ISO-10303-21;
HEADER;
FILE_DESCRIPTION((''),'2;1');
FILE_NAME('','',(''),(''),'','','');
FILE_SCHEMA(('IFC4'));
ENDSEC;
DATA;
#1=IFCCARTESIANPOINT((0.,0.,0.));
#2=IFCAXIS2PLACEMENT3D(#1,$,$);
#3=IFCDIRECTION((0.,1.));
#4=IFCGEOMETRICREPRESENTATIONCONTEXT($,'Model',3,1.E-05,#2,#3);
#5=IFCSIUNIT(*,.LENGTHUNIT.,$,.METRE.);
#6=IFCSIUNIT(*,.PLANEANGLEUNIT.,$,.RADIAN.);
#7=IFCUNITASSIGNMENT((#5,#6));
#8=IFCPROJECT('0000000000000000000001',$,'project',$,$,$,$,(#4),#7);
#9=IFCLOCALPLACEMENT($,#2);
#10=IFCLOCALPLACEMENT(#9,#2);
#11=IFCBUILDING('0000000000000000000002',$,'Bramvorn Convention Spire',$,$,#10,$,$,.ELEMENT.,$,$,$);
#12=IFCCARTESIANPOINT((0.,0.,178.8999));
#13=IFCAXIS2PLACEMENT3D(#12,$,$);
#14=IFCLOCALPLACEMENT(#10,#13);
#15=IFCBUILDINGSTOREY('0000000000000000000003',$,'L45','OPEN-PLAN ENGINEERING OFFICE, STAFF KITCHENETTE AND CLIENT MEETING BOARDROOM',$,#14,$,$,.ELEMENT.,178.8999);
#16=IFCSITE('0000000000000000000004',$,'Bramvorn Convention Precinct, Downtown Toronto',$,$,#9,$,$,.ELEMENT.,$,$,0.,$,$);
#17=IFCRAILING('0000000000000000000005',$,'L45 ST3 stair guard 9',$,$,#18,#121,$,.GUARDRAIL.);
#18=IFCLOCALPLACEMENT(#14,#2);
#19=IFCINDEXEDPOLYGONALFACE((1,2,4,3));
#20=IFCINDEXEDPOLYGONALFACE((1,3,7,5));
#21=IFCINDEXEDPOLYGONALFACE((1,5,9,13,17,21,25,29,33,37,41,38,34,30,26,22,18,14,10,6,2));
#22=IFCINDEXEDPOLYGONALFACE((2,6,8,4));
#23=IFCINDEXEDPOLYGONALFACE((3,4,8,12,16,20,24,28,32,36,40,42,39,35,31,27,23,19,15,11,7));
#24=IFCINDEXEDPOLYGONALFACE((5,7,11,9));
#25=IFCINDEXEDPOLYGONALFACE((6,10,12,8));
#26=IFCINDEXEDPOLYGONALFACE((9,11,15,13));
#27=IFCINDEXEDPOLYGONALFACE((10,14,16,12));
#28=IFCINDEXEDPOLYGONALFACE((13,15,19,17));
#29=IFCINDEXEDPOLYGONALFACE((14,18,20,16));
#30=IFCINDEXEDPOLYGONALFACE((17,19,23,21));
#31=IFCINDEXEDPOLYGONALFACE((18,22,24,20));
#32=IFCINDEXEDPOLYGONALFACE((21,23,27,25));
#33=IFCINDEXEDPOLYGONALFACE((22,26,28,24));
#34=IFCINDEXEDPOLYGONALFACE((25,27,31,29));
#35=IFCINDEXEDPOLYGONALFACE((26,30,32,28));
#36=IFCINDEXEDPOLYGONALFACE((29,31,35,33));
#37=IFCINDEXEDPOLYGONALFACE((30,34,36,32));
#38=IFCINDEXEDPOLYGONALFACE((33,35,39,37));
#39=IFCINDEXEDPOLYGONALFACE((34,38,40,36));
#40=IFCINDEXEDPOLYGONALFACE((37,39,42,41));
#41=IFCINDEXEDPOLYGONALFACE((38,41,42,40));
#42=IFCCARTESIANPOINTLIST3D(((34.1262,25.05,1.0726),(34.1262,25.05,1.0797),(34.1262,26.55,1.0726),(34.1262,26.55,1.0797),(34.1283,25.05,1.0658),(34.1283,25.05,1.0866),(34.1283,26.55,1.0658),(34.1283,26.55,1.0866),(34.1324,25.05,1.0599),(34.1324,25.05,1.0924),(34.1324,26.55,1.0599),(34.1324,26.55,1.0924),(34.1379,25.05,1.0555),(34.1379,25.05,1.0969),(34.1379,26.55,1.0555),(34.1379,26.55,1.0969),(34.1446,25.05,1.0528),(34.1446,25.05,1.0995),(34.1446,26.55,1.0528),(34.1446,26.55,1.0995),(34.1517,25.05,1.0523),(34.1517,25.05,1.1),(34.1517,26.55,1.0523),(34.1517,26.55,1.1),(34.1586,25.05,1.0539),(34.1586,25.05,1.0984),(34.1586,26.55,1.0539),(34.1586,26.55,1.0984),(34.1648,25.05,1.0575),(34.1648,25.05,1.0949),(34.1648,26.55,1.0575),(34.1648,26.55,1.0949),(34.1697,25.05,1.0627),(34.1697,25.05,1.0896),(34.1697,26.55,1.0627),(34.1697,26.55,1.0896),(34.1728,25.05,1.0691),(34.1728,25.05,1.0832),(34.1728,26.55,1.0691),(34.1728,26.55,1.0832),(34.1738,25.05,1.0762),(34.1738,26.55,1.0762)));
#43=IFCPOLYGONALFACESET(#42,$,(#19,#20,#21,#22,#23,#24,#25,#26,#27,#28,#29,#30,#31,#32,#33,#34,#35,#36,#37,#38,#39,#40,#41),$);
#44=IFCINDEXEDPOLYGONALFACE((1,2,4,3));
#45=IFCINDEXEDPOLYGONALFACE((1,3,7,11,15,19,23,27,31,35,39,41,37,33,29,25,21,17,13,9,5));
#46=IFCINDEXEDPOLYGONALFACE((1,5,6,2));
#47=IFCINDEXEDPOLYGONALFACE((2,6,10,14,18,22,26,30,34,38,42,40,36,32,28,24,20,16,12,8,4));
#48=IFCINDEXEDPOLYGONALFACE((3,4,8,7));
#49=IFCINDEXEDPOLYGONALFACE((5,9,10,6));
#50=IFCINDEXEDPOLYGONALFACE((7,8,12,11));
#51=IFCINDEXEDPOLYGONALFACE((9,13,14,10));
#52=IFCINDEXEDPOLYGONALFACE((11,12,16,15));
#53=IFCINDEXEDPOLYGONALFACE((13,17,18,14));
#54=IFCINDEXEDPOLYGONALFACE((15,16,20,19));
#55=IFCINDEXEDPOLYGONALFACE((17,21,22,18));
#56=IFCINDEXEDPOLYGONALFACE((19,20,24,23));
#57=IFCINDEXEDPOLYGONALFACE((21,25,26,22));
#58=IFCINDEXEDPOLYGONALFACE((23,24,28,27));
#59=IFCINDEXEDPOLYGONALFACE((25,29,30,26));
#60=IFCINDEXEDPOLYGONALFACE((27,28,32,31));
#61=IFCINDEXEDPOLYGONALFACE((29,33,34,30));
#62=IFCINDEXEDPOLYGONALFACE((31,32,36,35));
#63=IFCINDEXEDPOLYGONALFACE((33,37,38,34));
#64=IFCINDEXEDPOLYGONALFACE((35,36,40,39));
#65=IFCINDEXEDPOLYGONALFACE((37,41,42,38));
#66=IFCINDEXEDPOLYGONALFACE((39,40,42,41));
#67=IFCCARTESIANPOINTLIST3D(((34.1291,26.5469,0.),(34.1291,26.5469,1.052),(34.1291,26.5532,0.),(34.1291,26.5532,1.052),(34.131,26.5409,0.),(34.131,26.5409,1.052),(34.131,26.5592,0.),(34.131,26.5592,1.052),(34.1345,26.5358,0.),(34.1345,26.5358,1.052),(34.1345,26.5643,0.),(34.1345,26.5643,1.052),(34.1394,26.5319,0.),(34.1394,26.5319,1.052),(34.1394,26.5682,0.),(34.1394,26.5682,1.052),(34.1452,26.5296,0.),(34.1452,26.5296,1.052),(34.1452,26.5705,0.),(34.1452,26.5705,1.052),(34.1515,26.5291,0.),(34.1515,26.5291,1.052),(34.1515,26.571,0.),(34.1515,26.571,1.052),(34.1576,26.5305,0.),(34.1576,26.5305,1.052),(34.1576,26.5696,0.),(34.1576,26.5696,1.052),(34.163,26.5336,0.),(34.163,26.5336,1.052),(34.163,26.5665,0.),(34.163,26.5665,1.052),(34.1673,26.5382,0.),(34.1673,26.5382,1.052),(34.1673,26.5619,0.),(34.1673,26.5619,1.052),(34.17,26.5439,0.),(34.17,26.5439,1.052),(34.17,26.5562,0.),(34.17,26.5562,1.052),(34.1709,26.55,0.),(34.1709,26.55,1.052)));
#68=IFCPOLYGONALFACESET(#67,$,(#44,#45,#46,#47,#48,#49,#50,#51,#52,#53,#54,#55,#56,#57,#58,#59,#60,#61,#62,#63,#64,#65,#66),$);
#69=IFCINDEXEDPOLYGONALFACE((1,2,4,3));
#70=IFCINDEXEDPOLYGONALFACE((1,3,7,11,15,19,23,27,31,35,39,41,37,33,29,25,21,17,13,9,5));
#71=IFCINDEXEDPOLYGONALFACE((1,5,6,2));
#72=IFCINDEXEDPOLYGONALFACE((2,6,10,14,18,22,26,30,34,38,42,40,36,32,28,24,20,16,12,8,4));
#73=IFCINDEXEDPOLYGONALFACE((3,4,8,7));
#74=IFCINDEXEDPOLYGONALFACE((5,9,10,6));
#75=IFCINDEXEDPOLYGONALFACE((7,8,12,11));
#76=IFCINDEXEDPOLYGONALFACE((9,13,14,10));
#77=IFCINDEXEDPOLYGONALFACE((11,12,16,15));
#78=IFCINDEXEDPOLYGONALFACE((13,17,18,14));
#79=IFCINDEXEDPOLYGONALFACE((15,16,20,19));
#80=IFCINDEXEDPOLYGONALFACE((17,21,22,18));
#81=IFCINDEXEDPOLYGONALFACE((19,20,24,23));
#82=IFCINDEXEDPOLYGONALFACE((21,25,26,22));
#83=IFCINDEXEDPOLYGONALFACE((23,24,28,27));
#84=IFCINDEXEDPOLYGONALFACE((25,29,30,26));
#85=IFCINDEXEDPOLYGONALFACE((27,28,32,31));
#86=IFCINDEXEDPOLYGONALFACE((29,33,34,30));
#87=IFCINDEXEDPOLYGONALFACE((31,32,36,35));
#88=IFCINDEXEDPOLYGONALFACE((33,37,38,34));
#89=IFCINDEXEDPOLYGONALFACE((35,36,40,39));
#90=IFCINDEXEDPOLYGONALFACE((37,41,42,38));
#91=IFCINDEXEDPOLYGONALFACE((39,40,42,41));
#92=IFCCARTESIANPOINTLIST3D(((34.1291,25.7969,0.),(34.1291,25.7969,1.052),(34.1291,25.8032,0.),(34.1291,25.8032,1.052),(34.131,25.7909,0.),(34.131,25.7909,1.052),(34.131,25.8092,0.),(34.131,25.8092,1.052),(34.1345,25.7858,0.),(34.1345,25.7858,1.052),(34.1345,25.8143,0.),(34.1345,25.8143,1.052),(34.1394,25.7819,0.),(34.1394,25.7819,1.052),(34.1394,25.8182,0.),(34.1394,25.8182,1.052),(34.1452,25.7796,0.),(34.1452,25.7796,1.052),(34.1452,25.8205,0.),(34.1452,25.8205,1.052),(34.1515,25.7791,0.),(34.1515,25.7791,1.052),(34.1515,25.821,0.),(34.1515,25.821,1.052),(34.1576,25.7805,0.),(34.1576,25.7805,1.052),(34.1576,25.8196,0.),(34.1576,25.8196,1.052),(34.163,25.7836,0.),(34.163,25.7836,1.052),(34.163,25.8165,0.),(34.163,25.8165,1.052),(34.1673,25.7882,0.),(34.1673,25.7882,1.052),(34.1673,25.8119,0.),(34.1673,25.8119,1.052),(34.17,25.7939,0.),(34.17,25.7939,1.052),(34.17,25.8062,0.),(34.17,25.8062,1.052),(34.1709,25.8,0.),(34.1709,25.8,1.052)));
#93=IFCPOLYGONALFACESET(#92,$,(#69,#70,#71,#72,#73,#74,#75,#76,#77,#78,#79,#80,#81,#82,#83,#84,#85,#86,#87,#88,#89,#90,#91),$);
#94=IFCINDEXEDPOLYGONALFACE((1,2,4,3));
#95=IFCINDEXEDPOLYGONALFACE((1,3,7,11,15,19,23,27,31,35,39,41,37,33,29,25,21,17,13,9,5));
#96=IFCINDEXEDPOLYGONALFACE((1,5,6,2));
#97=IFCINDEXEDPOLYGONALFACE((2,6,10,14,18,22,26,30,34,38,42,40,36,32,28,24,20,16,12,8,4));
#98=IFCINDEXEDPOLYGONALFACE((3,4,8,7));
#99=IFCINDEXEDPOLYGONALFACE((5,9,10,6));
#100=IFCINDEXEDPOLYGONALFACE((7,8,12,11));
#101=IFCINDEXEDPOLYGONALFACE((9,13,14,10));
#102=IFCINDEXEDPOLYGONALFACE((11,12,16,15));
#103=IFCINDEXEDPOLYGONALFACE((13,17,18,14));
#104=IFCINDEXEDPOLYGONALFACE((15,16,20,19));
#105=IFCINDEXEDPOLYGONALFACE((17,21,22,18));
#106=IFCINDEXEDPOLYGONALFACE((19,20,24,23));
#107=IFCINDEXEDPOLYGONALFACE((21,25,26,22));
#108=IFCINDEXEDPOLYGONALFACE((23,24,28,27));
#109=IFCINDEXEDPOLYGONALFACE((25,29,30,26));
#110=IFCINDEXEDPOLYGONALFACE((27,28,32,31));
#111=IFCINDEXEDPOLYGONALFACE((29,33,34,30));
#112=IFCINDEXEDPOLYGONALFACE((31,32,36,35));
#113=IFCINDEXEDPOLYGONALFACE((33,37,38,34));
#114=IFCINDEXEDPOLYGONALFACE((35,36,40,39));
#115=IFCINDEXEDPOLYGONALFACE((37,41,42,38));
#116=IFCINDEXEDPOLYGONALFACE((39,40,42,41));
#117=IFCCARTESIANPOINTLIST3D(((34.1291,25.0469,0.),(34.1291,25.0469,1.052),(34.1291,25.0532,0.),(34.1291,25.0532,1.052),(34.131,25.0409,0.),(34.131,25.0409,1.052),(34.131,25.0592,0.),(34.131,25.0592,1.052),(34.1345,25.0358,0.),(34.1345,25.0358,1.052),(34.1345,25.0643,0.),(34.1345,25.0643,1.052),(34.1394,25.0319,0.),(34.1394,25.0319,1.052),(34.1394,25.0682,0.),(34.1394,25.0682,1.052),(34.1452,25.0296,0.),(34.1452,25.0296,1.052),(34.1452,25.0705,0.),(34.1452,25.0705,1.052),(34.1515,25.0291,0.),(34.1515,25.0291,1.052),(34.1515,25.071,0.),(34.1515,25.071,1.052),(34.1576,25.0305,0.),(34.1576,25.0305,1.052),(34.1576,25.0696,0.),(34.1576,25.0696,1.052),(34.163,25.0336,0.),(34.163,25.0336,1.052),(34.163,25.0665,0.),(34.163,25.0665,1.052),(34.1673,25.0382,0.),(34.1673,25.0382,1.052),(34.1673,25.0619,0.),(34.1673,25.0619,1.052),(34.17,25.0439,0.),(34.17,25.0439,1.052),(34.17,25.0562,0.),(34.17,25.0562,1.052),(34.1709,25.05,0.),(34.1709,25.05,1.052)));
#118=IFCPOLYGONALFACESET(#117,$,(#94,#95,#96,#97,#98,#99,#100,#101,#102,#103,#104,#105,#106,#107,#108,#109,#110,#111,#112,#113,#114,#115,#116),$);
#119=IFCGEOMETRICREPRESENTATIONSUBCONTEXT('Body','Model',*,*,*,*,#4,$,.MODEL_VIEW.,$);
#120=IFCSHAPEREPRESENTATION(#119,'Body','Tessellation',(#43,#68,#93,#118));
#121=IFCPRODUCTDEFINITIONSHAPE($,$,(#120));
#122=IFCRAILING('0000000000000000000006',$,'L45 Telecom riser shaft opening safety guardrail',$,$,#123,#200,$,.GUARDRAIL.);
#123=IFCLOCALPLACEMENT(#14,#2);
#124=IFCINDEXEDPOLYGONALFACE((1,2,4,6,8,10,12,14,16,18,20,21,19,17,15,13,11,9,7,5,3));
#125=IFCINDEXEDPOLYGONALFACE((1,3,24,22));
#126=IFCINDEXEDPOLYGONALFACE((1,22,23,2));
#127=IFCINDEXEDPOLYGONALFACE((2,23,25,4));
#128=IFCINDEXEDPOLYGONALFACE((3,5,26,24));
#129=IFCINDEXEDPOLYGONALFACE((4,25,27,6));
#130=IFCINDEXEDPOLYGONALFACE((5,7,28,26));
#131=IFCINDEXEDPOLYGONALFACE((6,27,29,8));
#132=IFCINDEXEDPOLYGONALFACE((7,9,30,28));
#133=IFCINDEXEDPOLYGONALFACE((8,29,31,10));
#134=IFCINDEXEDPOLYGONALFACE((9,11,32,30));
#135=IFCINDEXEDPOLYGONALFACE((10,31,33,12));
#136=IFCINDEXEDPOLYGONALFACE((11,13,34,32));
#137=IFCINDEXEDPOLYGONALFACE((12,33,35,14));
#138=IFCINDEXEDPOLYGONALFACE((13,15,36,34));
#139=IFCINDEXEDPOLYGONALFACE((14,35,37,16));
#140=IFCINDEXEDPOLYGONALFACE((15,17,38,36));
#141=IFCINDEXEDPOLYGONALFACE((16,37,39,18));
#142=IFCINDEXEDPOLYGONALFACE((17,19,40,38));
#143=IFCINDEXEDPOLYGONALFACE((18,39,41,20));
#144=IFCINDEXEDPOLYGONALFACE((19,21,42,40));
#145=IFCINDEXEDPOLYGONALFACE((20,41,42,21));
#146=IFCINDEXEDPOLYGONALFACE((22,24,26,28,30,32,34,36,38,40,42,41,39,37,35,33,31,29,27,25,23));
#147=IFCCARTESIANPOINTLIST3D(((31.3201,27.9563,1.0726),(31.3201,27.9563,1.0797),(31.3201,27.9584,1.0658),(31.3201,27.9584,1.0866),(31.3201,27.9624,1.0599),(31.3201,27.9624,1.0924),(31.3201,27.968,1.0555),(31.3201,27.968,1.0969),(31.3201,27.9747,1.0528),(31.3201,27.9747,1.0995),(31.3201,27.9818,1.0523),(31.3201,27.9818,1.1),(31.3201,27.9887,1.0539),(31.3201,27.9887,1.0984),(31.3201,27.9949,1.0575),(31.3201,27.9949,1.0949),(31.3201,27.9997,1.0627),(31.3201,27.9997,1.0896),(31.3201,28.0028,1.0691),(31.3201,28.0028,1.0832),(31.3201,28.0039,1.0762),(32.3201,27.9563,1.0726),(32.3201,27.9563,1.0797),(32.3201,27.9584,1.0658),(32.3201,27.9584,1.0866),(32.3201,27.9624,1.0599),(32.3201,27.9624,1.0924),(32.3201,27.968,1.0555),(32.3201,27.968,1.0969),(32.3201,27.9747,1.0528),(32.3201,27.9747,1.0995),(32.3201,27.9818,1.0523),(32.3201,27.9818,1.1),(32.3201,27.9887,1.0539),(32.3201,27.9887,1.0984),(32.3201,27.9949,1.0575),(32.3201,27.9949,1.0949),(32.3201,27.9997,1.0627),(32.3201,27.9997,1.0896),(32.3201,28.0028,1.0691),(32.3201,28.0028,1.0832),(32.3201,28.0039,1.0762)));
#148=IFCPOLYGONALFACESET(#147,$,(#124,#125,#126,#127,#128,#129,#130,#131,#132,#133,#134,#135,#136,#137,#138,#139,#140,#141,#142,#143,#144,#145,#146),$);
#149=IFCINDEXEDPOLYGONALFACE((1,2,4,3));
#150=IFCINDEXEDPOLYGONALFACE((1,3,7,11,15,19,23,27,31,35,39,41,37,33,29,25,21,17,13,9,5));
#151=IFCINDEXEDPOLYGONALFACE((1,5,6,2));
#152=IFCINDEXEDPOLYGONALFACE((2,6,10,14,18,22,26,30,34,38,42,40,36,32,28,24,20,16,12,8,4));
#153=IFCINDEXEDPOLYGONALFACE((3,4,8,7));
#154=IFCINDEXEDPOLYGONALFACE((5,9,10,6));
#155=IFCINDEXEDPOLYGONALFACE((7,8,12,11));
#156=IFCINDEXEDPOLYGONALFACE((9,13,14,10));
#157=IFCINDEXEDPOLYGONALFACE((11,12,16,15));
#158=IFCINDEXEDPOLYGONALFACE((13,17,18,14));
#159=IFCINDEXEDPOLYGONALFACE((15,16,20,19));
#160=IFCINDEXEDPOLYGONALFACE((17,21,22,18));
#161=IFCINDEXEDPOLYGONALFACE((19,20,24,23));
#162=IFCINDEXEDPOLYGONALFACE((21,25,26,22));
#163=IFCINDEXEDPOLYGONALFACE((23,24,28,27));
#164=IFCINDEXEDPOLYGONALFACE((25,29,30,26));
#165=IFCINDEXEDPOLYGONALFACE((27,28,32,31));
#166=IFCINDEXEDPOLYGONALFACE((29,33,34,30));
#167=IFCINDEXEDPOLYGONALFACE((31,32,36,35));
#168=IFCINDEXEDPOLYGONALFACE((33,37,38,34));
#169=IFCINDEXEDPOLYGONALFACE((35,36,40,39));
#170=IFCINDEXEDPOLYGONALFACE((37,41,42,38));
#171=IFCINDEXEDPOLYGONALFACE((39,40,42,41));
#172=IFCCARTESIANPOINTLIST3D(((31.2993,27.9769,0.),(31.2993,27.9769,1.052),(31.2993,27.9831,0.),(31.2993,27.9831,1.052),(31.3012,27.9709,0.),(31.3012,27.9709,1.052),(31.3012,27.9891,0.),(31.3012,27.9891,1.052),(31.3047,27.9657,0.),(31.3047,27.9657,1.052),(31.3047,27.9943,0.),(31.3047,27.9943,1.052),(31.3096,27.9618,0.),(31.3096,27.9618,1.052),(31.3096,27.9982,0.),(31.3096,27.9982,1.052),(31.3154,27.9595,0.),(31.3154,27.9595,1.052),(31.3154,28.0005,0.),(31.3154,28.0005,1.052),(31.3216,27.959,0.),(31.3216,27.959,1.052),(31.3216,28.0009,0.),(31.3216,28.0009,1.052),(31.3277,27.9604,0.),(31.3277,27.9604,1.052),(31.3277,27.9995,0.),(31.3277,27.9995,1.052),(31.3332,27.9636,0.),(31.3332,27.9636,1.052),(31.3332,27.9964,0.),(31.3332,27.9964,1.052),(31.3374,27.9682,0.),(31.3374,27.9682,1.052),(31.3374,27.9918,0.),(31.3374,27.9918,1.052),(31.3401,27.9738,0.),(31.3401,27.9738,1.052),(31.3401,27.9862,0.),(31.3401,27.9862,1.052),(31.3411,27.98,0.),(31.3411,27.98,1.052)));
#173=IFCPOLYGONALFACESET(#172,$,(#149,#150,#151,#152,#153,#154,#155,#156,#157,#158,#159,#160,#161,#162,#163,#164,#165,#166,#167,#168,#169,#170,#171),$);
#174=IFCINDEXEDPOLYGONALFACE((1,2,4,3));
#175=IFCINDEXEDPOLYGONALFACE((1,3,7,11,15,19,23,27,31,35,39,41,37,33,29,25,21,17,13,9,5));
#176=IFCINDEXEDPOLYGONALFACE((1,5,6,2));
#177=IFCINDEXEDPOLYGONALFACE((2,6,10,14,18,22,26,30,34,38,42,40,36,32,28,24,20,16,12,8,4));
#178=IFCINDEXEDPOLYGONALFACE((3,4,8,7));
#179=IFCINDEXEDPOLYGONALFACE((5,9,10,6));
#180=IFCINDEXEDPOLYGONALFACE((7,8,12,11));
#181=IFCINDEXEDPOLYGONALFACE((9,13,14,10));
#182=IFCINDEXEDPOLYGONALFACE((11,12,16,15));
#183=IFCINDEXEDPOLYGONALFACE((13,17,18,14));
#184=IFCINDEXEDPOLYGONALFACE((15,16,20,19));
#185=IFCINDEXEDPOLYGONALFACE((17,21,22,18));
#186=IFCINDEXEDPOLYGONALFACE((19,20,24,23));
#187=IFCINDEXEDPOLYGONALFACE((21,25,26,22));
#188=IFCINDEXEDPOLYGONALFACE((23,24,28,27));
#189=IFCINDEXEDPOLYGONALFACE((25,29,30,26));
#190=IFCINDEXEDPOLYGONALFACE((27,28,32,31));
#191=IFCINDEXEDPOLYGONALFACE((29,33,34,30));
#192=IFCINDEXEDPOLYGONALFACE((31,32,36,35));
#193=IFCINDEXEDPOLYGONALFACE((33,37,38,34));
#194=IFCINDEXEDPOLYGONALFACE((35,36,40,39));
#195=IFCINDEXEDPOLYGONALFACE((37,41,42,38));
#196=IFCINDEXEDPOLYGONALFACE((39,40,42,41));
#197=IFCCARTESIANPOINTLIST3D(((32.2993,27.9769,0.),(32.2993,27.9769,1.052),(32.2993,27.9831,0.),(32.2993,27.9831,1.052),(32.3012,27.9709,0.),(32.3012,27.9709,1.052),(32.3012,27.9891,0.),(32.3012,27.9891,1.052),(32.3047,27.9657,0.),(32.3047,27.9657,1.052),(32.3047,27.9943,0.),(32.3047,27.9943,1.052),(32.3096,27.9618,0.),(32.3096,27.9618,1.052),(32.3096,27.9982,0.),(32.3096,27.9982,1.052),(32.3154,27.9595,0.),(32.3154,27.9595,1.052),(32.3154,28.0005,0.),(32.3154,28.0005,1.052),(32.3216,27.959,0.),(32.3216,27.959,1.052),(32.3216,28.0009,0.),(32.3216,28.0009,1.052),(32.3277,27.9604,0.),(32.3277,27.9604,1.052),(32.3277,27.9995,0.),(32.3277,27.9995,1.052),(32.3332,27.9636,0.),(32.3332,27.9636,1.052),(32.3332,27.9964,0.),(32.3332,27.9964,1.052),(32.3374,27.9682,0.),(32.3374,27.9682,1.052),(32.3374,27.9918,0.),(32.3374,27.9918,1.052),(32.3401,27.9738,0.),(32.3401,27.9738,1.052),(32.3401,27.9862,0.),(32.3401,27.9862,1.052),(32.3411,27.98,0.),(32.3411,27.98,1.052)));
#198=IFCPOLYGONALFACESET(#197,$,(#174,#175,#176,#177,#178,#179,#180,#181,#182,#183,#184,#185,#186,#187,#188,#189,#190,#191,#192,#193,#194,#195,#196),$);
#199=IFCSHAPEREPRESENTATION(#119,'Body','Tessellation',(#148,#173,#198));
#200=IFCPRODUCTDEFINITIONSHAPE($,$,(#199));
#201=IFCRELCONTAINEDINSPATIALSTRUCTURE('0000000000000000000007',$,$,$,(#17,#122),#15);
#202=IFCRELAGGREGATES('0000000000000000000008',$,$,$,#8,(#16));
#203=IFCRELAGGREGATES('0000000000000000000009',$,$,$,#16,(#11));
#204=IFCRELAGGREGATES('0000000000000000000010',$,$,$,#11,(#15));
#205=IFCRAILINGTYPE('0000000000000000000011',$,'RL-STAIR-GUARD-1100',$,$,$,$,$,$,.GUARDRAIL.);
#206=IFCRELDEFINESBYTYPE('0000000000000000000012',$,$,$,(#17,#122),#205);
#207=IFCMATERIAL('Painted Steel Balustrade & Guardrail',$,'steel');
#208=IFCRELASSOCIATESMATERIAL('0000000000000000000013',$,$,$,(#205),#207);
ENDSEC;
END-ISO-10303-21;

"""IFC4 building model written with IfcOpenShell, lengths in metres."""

from ifc_helpers import new_model, si_unit, direction, frame, origin, origin_2d, place, context, subcontext, project, spatial, circle, extrude, material, type_object, element, save


model = new_model("IFC4")

# Units and contexts
model_context = context("Model", 3, precision=1e-05, world=origin(), true_north=direction((0.0, 1.0)))
body_context = subcontext(model_context, "Body", "Model", "MODEL_VIEW")
ifc_project = project(units=[si_unit("LENGTHUNIT", "METRE"), si_unit("PLANEANGLEUNIT", "RADIAN")], contexts=[model_context])

# Site, building, storey
site_placement = place(None, origin())
site = spatial("IfcSite", under=ifc_project, at=site_placement, Name="Bramvorn Convention Precinct, Downtown Toronto", CompositionType="ELEMENT", RefElevation=0.0)
building_placement = place(site_placement, origin())
building = spatial("IfcBuilding", under=site, at=building_placement, Name="Bramvorn Convention Spire", CompositionType="ELEMENT")
storey_placement = place(building_placement, frame((0.0, 0.0, 178.8999)))
storey = spatial("IfcBuildingStorey", under=building, at=storey_placement, Name="L45", Description="OPEN-PLAN ENGINEERING OFFICE, STAFF KITCHENETTE AND CLIENT MEETING BOARDROOM", CompositionType="ELEMENT", Elevation=178.8999)

# Railings
ifc_material_1 = material(Name="Painted Steel Balustrade & Guardrail", Category="steel")
railing_type = type_object("IfcRailingType", Name="RL-STAIR-GUARD-1100", PredefinedType="GUARDRAIL", material=ifc_material_1)
for number, where, name in (
    (1, (34.1499, 26.55, 0.0), "L45 ST3 stair guard 9"),
):
    element("IfcRailing", number, at=place(storey_placement, frame(where)), inside=storey, type_object=railing_type, Name=name, PredefinedType="GUARDRAIL", context=body_context, shape_type="SweptSolid", body=[
        extrude(circle(Radius=0.0239, at=origin_2d()), frame((0.0, 0.0, 1.0762), z_axis=(0.0, -1.0, 0.0), x_axis=(1.0, 0.0, 0.0)), (0.0, 0.0, 1.0), 1.5),
        extrude(circle(Radius=0.021, at=origin_2d()), origin(), (0.0, 0.0, 1.0), 1.052),
        extrude(circle(Radius=0.021, at=origin_2d()), frame((0.0, -0.75, 0.0)), (0.0, 0.0, 1.0), 1.052),
        extrude(circle(Radius=0.021, at=origin_2d()), frame((0.0, -1.5, 0.0)), (0.0, 0.0, 1.0), 1.052),
    ])
railing_1_placement = place(storey_placement, frame((31.3201, 27.98, 0.0)))
element("IfcRailing", 2, at=railing_1_placement, inside=storey, type_object=railing_type, Name="L45 Telecom riser shaft opening safety guardrail", PredefinedType="GUARDRAIL", context=body_context, shape_type="SweptSolid", body=[
    extrude(circle(Radius=0.0239, at=origin_2d()), frame((0.0, 0.0, 1.0762), z_axis=(1.0, 0.0, 0.0), x_axis=(0.0, 1.0, 0.0)), (0.0, 0.0, 1.0), 1.0),
    extrude(circle(Radius=0.021, at=origin_2d()), origin(), (0.0, 0.0, 1.0), 1.052),
    extrude(circle(Radius=0.021, at=origin_2d()), frame((1.0, 0.0, 0.0)), (0.0, 0.0, 1.0), 1.052),
])

save(model, "model.ifc")
